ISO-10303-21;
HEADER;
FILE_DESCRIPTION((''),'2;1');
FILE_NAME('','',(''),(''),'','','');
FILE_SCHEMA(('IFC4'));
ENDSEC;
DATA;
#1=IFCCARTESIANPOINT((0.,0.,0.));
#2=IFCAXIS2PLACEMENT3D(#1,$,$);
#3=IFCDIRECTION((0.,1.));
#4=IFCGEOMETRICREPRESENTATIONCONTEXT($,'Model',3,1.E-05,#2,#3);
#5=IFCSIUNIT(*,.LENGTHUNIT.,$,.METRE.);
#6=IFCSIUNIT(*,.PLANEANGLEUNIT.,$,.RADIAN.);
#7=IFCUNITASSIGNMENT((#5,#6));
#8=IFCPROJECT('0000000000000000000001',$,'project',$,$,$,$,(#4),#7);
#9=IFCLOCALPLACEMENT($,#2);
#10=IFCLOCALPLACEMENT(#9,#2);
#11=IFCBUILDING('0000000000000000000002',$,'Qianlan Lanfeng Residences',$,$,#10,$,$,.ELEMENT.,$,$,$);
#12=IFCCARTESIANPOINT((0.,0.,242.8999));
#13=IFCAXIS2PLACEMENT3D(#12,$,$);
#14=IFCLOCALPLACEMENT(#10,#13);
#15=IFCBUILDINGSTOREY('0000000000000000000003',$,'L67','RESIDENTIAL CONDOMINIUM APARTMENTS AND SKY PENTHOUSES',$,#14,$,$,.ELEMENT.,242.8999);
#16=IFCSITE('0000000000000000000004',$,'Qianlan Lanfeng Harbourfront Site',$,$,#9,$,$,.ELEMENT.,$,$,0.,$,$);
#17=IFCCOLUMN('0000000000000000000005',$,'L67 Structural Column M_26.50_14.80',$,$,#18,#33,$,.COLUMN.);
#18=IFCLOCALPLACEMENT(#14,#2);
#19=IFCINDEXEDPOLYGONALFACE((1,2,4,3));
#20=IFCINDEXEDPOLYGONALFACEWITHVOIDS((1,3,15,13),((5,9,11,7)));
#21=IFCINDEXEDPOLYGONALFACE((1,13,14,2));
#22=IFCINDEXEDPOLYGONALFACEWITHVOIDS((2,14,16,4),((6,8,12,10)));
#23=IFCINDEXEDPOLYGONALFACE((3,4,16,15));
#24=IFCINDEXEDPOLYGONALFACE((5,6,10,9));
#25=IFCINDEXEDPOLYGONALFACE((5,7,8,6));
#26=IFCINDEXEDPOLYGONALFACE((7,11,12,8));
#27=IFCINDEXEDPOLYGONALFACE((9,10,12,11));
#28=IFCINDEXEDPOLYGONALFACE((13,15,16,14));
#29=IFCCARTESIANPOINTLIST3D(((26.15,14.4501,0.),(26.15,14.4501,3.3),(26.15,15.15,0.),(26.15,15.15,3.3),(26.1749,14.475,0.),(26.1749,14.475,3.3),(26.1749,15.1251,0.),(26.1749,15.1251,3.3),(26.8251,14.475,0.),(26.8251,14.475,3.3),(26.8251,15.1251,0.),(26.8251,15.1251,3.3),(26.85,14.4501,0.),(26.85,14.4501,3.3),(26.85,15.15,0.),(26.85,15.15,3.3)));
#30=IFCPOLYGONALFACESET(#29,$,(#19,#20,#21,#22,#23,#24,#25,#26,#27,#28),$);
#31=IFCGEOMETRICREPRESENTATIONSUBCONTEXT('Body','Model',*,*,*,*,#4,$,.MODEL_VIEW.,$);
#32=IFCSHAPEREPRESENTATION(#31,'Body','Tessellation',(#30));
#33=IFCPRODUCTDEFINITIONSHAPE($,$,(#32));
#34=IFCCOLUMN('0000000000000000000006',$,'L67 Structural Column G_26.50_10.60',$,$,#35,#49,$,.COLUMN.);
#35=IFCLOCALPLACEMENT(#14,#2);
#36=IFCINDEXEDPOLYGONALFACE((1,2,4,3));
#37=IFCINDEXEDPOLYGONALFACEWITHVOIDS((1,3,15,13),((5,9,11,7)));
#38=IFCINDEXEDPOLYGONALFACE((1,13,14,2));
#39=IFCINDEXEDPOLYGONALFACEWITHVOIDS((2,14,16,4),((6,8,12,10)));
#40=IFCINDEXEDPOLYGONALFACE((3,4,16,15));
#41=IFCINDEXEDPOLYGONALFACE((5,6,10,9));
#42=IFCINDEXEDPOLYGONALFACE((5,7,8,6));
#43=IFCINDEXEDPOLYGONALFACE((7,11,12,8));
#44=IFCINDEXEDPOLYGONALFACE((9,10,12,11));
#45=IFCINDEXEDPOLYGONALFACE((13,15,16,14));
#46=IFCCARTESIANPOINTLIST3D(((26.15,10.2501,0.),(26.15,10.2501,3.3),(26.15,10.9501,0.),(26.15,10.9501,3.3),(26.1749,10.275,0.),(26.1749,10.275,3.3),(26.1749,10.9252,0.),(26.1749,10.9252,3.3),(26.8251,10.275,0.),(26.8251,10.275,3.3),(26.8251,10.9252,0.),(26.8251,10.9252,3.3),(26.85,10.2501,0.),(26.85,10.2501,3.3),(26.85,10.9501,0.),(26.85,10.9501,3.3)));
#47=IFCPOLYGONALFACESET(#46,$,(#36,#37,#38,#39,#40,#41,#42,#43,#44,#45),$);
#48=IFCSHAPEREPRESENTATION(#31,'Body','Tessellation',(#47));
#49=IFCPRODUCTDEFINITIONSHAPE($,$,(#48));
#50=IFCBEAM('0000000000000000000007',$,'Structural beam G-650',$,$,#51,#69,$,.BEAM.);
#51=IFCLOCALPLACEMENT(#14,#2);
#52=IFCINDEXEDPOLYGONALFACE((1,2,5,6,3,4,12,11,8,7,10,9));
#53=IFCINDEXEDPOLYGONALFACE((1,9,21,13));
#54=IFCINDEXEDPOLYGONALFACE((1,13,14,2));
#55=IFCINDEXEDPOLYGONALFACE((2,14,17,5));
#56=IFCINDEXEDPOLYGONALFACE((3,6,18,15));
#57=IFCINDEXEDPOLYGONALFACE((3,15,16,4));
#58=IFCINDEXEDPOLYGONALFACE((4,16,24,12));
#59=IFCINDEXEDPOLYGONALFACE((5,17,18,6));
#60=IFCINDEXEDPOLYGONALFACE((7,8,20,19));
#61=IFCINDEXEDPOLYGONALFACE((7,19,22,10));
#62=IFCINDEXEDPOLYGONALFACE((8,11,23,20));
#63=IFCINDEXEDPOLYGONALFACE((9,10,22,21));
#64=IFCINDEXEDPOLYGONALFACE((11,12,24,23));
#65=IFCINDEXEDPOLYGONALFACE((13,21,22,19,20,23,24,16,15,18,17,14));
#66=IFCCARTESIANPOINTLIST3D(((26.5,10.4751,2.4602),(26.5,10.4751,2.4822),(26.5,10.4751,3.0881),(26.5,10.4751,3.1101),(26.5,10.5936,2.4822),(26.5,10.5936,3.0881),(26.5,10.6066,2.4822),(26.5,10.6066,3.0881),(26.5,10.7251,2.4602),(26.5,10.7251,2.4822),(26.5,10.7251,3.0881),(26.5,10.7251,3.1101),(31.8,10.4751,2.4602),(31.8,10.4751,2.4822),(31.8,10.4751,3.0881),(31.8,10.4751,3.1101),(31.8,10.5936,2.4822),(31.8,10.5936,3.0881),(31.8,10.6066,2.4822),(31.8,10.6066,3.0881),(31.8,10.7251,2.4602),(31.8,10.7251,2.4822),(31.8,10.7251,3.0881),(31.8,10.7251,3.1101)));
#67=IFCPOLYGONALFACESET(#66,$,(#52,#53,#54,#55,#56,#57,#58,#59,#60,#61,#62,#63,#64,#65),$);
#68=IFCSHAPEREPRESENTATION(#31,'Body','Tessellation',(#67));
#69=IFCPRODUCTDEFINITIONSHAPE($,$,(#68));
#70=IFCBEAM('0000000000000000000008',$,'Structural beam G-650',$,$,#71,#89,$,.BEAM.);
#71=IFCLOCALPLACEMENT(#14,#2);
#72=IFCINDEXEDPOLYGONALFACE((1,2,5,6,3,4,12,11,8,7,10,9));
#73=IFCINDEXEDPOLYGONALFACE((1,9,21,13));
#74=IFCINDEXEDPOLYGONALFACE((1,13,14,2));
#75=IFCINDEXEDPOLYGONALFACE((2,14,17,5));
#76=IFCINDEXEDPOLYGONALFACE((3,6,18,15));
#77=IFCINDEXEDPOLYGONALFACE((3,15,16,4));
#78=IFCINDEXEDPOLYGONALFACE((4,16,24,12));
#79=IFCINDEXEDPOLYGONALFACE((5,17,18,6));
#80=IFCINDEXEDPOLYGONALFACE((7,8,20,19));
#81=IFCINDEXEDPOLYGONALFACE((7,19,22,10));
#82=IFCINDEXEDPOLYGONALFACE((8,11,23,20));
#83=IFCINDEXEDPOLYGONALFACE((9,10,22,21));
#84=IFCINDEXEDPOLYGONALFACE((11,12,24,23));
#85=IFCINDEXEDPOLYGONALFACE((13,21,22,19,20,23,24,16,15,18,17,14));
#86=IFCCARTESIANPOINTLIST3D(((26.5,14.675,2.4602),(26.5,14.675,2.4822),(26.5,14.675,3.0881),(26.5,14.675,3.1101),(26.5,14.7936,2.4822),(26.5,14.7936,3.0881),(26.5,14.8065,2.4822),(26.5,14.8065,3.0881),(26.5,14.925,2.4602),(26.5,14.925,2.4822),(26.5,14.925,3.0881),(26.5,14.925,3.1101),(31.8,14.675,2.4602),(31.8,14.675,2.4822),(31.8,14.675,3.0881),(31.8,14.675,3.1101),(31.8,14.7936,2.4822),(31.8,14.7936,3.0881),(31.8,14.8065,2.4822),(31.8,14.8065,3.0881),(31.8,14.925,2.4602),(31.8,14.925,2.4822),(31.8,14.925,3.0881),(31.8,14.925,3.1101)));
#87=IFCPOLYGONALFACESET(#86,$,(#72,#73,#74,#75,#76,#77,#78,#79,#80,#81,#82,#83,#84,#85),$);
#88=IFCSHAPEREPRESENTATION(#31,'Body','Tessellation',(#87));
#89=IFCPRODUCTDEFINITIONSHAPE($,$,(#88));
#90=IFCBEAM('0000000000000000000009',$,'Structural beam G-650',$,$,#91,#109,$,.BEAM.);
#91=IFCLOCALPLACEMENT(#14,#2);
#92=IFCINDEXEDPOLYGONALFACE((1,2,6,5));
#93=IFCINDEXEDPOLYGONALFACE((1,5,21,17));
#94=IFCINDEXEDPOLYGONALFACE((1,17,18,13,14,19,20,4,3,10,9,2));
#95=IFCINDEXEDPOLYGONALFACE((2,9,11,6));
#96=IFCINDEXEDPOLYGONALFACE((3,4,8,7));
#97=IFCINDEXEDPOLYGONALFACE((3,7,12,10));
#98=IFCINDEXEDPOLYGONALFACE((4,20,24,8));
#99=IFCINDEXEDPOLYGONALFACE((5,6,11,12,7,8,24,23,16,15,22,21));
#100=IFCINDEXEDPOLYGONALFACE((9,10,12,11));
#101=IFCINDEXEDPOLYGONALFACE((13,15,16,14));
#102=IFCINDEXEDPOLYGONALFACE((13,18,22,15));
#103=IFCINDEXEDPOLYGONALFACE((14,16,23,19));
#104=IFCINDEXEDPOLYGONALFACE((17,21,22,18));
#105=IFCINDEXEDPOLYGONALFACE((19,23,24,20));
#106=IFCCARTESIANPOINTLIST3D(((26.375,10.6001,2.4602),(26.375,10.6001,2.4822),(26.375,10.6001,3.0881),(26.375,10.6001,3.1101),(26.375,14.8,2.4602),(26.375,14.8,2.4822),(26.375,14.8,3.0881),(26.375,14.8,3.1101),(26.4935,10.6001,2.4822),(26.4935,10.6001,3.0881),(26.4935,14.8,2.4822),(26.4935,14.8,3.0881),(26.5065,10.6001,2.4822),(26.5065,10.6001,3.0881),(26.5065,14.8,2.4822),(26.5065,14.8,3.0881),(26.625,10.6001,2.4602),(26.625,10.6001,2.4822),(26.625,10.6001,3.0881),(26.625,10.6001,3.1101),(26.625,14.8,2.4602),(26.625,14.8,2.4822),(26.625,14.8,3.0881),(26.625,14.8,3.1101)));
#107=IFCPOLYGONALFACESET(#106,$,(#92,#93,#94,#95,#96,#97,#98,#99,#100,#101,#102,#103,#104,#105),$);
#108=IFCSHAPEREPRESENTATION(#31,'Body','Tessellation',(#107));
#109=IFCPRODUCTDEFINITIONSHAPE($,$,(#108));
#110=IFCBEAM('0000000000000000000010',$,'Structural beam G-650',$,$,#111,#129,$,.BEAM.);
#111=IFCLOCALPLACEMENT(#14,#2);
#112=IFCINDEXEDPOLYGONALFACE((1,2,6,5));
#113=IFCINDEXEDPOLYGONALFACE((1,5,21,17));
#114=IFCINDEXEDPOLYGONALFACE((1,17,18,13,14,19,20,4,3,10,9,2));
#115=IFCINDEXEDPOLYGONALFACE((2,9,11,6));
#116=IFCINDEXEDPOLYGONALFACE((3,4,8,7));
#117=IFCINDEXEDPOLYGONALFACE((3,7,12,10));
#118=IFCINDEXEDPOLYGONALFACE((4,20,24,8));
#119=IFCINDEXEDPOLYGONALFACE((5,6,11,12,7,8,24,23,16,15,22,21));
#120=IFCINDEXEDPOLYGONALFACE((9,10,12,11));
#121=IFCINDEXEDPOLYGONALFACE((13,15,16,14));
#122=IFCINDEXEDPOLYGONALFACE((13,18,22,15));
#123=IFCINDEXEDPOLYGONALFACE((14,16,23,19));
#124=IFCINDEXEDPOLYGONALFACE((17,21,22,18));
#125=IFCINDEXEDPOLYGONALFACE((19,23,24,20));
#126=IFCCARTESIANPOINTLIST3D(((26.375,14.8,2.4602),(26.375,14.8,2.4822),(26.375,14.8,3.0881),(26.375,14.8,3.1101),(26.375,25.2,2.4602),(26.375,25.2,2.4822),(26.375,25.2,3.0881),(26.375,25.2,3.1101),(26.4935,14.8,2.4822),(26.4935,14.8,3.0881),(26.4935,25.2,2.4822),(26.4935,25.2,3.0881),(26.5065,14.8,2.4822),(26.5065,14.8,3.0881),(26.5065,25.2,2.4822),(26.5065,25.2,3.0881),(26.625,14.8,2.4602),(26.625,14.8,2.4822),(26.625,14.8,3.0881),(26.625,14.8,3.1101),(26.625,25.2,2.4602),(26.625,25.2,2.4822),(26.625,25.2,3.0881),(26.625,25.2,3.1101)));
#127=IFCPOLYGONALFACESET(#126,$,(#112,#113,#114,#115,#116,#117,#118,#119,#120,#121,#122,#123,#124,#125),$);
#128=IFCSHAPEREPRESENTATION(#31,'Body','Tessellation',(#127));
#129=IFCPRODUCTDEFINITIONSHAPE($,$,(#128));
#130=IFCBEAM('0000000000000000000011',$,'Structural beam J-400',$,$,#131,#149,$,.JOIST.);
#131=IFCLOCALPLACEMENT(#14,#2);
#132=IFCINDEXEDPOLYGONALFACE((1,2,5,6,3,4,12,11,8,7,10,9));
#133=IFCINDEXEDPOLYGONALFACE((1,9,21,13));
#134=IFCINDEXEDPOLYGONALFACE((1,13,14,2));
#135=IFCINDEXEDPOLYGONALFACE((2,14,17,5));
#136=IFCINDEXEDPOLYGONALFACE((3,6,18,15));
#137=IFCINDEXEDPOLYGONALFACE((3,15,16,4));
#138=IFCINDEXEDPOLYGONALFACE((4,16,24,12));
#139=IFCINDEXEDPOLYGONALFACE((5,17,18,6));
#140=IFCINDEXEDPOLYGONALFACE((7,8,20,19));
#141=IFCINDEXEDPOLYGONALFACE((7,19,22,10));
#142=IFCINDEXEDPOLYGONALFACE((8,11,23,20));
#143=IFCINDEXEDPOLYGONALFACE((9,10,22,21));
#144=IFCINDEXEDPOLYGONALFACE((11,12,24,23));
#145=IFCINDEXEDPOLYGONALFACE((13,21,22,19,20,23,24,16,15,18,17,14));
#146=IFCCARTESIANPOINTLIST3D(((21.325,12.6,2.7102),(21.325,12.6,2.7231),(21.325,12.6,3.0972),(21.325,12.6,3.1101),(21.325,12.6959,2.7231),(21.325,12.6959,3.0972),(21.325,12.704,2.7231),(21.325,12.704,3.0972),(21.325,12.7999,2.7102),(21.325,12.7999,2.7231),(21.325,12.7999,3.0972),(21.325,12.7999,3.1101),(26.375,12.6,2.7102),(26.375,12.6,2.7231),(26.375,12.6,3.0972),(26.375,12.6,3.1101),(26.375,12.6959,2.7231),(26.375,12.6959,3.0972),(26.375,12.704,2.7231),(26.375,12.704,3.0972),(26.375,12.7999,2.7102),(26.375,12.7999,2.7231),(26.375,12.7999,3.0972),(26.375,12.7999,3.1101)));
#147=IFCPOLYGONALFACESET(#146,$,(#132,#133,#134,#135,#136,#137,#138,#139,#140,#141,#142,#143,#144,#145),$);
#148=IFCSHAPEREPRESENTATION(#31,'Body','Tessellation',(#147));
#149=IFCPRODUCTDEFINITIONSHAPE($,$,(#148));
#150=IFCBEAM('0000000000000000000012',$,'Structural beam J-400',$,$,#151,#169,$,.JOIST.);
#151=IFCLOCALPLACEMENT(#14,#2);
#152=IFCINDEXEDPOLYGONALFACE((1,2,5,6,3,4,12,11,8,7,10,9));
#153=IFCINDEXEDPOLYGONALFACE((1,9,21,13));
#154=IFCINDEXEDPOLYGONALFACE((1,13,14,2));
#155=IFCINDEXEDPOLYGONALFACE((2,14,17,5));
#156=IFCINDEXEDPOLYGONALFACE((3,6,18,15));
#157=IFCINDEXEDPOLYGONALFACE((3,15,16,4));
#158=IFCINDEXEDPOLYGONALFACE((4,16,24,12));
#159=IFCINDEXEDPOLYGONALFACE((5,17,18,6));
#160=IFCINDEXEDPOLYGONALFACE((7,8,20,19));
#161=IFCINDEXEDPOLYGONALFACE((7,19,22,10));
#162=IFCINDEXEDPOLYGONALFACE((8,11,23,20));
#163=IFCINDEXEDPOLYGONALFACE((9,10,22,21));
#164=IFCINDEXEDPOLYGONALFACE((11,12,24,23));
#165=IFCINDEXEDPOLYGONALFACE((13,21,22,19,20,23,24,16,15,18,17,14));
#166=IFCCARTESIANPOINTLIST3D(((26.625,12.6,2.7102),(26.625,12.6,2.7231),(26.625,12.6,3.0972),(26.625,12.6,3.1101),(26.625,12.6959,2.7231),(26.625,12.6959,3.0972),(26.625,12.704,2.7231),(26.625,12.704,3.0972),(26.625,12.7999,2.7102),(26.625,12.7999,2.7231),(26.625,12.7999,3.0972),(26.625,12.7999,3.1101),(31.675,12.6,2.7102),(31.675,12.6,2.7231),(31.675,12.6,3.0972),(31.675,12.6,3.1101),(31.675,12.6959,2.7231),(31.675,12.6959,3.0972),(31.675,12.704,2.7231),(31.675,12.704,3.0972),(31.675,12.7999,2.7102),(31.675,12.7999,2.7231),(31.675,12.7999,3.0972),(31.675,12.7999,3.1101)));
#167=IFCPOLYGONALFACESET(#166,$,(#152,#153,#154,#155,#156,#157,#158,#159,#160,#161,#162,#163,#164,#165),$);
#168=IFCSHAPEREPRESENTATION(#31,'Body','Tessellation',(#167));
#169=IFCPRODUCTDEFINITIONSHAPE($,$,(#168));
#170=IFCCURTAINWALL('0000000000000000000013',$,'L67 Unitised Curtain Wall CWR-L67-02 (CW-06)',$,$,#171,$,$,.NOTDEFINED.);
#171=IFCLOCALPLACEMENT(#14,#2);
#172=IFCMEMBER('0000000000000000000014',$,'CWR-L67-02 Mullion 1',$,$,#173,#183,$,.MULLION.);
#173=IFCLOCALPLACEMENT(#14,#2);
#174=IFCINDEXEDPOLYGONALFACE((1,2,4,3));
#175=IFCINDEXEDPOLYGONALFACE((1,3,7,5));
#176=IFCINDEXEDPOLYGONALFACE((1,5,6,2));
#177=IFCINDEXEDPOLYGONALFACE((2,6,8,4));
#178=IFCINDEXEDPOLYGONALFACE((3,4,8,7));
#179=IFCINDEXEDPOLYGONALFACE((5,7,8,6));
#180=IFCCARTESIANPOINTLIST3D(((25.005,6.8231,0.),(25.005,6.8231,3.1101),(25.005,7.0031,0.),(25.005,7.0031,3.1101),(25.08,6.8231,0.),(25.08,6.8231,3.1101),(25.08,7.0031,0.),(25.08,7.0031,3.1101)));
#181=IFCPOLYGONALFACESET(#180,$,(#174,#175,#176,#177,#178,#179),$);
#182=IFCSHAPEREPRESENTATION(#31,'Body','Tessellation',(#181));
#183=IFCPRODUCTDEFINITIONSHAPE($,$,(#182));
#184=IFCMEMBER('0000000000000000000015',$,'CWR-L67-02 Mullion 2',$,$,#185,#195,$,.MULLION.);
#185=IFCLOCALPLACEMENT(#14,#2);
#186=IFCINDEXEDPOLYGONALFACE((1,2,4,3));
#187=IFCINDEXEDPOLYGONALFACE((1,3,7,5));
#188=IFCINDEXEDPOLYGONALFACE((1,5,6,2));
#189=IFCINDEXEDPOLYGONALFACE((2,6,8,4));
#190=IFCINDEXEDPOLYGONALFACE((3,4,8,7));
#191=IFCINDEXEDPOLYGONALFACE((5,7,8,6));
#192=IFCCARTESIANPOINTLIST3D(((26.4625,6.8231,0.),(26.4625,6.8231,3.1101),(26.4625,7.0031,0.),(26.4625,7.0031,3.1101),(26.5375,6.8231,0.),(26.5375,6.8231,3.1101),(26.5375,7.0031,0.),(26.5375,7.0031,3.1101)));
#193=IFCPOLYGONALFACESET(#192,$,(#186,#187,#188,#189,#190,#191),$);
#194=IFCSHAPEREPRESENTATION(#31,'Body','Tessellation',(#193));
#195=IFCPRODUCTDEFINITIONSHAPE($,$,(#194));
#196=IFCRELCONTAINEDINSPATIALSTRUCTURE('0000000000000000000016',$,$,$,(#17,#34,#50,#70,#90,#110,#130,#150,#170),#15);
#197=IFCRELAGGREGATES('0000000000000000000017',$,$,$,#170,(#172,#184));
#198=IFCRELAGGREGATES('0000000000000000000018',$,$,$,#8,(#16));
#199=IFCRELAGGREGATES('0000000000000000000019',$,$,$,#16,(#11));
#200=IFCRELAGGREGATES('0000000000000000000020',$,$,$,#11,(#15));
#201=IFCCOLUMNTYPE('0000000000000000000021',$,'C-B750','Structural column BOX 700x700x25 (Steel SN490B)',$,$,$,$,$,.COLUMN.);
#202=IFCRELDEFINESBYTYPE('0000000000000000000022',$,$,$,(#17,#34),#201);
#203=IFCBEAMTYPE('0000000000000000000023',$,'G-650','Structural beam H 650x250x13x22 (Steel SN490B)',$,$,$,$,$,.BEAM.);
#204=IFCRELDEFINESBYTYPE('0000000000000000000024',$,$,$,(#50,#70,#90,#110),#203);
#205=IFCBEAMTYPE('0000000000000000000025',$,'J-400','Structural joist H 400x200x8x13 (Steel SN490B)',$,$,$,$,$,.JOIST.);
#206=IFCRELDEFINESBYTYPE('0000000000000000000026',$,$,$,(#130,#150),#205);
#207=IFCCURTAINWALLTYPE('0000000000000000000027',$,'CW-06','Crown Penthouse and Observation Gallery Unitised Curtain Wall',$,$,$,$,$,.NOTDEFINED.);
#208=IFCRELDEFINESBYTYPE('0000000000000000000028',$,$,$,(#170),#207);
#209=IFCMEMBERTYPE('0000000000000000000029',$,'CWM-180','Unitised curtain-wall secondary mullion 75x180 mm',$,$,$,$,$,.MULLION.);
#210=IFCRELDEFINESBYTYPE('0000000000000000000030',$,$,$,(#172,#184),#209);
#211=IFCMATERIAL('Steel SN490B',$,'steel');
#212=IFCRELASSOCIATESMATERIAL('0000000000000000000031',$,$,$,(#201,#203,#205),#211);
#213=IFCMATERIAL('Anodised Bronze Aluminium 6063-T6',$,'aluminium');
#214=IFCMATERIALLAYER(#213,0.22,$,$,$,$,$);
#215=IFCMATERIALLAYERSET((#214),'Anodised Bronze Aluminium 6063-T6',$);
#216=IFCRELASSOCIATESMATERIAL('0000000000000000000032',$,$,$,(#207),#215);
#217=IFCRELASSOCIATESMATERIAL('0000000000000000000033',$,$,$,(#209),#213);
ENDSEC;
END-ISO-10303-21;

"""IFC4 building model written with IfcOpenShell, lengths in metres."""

from ifc_helpers import new_model, si_unit, direction, frame, origin, origin_2d, place, context, subcontext, project, spatial, rectangle, hollow_rectangle, i_section, extrude, source, transform, mapped, material, layer, layer_set, material_profile, profile_set, type_object, element, aggregate, save


model = new_model("IFC4")

# Units and contexts
model_context = context("Model", 3, precision=1e-05, world=origin(), true_north=direction((0.0, 1.0)))
body_context = subcontext(model_context, "Body", "Model", "MODEL_VIEW")
ifc_project = project(units=[si_unit("LENGTHUNIT", "METRE"), si_unit("PLANEANGLEUNIT", "RADIAN")], contexts=[model_context])

# Site, building, storey
site_placement = place(None, origin())
site = spatial("IfcSite", under=ifc_project, at=site_placement, Name="Qianlan Lanfeng Harbourfront Site", CompositionType="ELEMENT", RefElevation=0.0)
building_placement = place(site_placement, origin())
building = spatial("IfcBuilding", under=site, at=building_placement, Name="Qianlan Lanfeng Residences", CompositionType="ELEMENT")
storey_placement = place(building_placement, frame((0.0, 0.0, 242.8999)))
storey = spatial("IfcBuildingStorey", under=building, at=storey_placement, Name="L67", Description="RESIDENTIAL CONDOMINIUM APARTMENTS AND SKY PENTHOUSES", CompositionType="ELEMENT", Elevation=242.8999)

# Columns
ifc_material_1 = material(Name="Steel SN490B", Category="steel")
ifc_material_profile_1 = material_profile(ifc_material_1, hollow_rectangle(XDim=0.7, YDim=0.7, WallThickness=0.0249, at=origin_2d()), Name="BOX 700x700x25")
ifc_profile_set_1 = profile_set([ifc_material_profile_1], Name="Steel SN490B")
column_type = type_object("IfcColumnType", Name="C-B750", Description="Structural column BOX 700x700x25 (Steel SN490B)", PredefinedType="COLUMN", material=ifc_profile_set_1)
for number, where, z_axis, x_axis, name in (
    (1, (26.5, 14.8, 0.0), (0.0, 0.0, 1.0), (1.0, 0.0, 0.0), "L67 Structural Column M_26.50_14.80"),
    (2, (26.5, 10.6001, 0.0), (0.0, 0.0, 1.0), (1.0, 0.0, 0.0), "L67 Structural Column G_26.50_10.60"),
):
    element("IfcColumn", number, at=place(storey_placement, frame(where, z_axis=z_axis, x_axis=x_axis)), inside=storey, type_object=column_type, Name=name, PredefinedType="COLUMN", context=body_context, shape_type="SweptSolid", body=[
        extrude(hollow_rectangle(XDim=0.7, YDim=0.7, WallThickness=0.0249, at=origin_2d()), origin(), (0.0, 0.0, 1.0), 3.3),
    ])

# Beams
ifc_material_profile_2 = material_profile(ifc_material_1, i_section(OverallWidth=0.25, OverallDepth=0.6499, WebThickness=0.0129, FlangeThickness=0.022, at=origin_2d()), Name="H 650x250x13x22")
ifc_profile_set_2 = profile_set([ifc_material_profile_2], Name="Steel SN490B")
beam_type_1 = type_object("IfcBeamType", Name="G-650", Description="Structural beam H 650x250x13x22 (Steel SN490B)", PredefinedType="BEAM", material=ifc_profile_set_2)
for number, where, z_axis, x_axis, name in (
    (3, (26.5, 10.6001, 2.7852), (1.0, 0.0, 0.0), (0.0, 1.0, 0.0), "Structural beam G-650"),
    (4, (26.5, 14.8, 2.7852), (1.0, 0.0, 0.0), (0.0, 1.0, 0.0), "Structural beam G-650"),
):
    element("IfcBeam", number, at=place(storey_placement, frame(where, z_axis=z_axis, x_axis=x_axis)), inside=storey, type_object=beam_type_1, Name=name, PredefinedType="BEAM", context=body_context, shape_type="SweptSolid", body=[
        extrude(i_section(OverallWidth=0.25, OverallDepth=0.6499, WebThickness=0.0129, FlangeThickness=0.022, at=origin_2d()), origin(), (0.0, 0.0, 1.0), 5.3),
    ])
beam_1_placement = place(storey_placement, frame((26.5, 10.6001, 2.7852), z_axis=(0.0, 1.0, 0.0), x_axis=(-1.0, 0.0, 0.0)))
element("IfcBeam", 5, at=beam_1_placement, inside=storey, type_object=beam_type_1, Name="Structural beam G-650", PredefinedType="BEAM", context=body_context, shape_type="SweptSolid", body=[
    extrude(i_section(OverallWidth=0.25, OverallDepth=0.6499, WebThickness=0.0129, FlangeThickness=0.022, at=origin_2d()), origin(), (0.0, 0.0, 1.0), 4.2),
])
beam_2_placement = place(storey_placement, frame((26.5, 14.8, 2.7852), z_axis=(0.0, 1.0, 0.0), x_axis=(-1.0, 0.0, 0.0)))
element("IfcBeam", 6, at=beam_2_placement, inside=storey, type_object=beam_type_1, Name="Structural beam G-650", PredefinedType="BEAM", context=body_context, shape_type="SweptSolid", body=[
    extrude(i_section(OverallWidth=0.25, OverallDepth=0.6499, WebThickness=0.0129, FlangeThickness=0.022, at=origin_2d()), origin(), (0.0, 0.0, 1.0), 10.3999),
])
ifc_material_profile_3 = material_profile(ifc_material_1, i_section(OverallWidth=0.2, OverallDepth=0.3999, WebThickness=0.0081, FlangeThickness=0.0129, at=origin_2d()), Name="H 400x200x8x13")
ifc_profile_set_3 = profile_set([ifc_material_profile_3], Name="Steel SN490B")
beam_type_2 = type_object("IfcBeamType", Name="J-400", Description="Structural joist H 400x200x8x13 (Steel SN490B)", PredefinedType="JOIST", material=ifc_profile_set_3)
for number, where, z_axis, x_axis, name in (
    (7, (21.325, 12.7, 2.9102), (1.0, 0.0, 0.0), (0.0, 1.0, 0.0), "Structural beam J-400"),
    (8, (26.625, 12.7, 2.9102), (1.0, 0.0, 0.0), (0.0, 1.0, 0.0), "Structural beam J-400"),
):
    element("IfcBeam", number, at=place(storey_placement, frame(where, z_axis=z_axis, x_axis=x_axis)), inside=storey, type_object=beam_type_2, Name=name, PredefinedType="JOIST", context=body_context, shape_type="SweptSolid", body=[
        extrude(i_section(OverallWidth=0.2, OverallDepth=0.3999, WebThickness=0.0081, FlangeThickness=0.0129, at=origin_2d()), origin(), (0.0, 0.0, 1.0), 5.05),
    ])

# Curtain wall, members
ifc_material_2 = material(Name="Anodised Bronze Aluminium 6063-T6", Category="aluminium")
ifc_layer_1 = layer(ifc_material_2, 0.22)
ifc_layer_set_1 = layer_set([ifc_layer_1], Name="Anodised Bronze Aluminium 6063-T6")
curtain_wall_type = type_object("IfcCurtainWallType", Name="CW-06", Description="Crown Penthouse and Observation Gallery Unitised Curtain Wall", PredefinedType="NOTDEFINED", material=ifc_layer_set_1)
curtain_wall_1_placement = place(storey_placement, origin())
curtain_wall_1 = element("IfcCurtainWall", 9, at=curtain_wall_1_placement, inside=storey, type_object=curtain_wall_type, Name="L67 Unitised Curtain Wall CWR-L67-02 (CW-06)", PredefinedType="NOTDEFINED")
ifc_material_profile_4 = material_profile(ifc_material_2, rectangle(XDim=0.075, YDim=0.1799, at=origin_2d()), Name="ALU MULLION 75x180")
ifc_profile_set_4 = profile_set([ifc_material_profile_4], Name="Anodised Bronze Aluminium 6063-T6")
member_type_1 = type_object("IfcMemberType", Name="CWM-180", Description="Unitised curtain-wall secondary mullion 75x180 mm", PredefinedType="MULLION", material=ifc_profile_set_4)
shared_shape_1 = source(origin(), body_context, "Body", "SweptSolid", [
    extrude(rectangle(XDim=0.075, YDim=0.1799, at=origin_2d()), origin(), (0.0, 0.0, 1.0), 3.1101),
])
member_1_placement = place(storey_placement, frame((25.0425, 6.9131, 0.0), z_axis=(0.0, 0.0, 1.0), x_axis=(1.0, 0.0, 0.0)))
member_1 = element("IfcMember", 10, at=member_1_placement, type_object=member_type_1, Name="CWR-L67-02 Mullion 1", PredefinedType="MULLION", context=body_context, shape_type="MappedRepresentation", body=[
    mapped(shared_shape_1, transform((0.0, 0.0, 0.0), scale=1.0)),
])
member_2_placement = place(storey_placement, frame((26.5, 6.9131, 0.0), z_axis=(0.0, 0.0, 1.0), x_axis=(1.0, 0.0, 0.0)))
member_2 = element("IfcMember", 11, at=member_2_placement, type_object=member_type_1, Name="CWR-L67-02 Mullion 2", PredefinedType="MULLION", context=body_context, shape_type="MappedRepresentation", body=[
    mapped(shared_shape_1, transform((0.0, 0.0, 0.0), scale=1.0)),
])

aggregate(curtain_wall_1, [member_1, member_2])

save(model, "model.ifc")
